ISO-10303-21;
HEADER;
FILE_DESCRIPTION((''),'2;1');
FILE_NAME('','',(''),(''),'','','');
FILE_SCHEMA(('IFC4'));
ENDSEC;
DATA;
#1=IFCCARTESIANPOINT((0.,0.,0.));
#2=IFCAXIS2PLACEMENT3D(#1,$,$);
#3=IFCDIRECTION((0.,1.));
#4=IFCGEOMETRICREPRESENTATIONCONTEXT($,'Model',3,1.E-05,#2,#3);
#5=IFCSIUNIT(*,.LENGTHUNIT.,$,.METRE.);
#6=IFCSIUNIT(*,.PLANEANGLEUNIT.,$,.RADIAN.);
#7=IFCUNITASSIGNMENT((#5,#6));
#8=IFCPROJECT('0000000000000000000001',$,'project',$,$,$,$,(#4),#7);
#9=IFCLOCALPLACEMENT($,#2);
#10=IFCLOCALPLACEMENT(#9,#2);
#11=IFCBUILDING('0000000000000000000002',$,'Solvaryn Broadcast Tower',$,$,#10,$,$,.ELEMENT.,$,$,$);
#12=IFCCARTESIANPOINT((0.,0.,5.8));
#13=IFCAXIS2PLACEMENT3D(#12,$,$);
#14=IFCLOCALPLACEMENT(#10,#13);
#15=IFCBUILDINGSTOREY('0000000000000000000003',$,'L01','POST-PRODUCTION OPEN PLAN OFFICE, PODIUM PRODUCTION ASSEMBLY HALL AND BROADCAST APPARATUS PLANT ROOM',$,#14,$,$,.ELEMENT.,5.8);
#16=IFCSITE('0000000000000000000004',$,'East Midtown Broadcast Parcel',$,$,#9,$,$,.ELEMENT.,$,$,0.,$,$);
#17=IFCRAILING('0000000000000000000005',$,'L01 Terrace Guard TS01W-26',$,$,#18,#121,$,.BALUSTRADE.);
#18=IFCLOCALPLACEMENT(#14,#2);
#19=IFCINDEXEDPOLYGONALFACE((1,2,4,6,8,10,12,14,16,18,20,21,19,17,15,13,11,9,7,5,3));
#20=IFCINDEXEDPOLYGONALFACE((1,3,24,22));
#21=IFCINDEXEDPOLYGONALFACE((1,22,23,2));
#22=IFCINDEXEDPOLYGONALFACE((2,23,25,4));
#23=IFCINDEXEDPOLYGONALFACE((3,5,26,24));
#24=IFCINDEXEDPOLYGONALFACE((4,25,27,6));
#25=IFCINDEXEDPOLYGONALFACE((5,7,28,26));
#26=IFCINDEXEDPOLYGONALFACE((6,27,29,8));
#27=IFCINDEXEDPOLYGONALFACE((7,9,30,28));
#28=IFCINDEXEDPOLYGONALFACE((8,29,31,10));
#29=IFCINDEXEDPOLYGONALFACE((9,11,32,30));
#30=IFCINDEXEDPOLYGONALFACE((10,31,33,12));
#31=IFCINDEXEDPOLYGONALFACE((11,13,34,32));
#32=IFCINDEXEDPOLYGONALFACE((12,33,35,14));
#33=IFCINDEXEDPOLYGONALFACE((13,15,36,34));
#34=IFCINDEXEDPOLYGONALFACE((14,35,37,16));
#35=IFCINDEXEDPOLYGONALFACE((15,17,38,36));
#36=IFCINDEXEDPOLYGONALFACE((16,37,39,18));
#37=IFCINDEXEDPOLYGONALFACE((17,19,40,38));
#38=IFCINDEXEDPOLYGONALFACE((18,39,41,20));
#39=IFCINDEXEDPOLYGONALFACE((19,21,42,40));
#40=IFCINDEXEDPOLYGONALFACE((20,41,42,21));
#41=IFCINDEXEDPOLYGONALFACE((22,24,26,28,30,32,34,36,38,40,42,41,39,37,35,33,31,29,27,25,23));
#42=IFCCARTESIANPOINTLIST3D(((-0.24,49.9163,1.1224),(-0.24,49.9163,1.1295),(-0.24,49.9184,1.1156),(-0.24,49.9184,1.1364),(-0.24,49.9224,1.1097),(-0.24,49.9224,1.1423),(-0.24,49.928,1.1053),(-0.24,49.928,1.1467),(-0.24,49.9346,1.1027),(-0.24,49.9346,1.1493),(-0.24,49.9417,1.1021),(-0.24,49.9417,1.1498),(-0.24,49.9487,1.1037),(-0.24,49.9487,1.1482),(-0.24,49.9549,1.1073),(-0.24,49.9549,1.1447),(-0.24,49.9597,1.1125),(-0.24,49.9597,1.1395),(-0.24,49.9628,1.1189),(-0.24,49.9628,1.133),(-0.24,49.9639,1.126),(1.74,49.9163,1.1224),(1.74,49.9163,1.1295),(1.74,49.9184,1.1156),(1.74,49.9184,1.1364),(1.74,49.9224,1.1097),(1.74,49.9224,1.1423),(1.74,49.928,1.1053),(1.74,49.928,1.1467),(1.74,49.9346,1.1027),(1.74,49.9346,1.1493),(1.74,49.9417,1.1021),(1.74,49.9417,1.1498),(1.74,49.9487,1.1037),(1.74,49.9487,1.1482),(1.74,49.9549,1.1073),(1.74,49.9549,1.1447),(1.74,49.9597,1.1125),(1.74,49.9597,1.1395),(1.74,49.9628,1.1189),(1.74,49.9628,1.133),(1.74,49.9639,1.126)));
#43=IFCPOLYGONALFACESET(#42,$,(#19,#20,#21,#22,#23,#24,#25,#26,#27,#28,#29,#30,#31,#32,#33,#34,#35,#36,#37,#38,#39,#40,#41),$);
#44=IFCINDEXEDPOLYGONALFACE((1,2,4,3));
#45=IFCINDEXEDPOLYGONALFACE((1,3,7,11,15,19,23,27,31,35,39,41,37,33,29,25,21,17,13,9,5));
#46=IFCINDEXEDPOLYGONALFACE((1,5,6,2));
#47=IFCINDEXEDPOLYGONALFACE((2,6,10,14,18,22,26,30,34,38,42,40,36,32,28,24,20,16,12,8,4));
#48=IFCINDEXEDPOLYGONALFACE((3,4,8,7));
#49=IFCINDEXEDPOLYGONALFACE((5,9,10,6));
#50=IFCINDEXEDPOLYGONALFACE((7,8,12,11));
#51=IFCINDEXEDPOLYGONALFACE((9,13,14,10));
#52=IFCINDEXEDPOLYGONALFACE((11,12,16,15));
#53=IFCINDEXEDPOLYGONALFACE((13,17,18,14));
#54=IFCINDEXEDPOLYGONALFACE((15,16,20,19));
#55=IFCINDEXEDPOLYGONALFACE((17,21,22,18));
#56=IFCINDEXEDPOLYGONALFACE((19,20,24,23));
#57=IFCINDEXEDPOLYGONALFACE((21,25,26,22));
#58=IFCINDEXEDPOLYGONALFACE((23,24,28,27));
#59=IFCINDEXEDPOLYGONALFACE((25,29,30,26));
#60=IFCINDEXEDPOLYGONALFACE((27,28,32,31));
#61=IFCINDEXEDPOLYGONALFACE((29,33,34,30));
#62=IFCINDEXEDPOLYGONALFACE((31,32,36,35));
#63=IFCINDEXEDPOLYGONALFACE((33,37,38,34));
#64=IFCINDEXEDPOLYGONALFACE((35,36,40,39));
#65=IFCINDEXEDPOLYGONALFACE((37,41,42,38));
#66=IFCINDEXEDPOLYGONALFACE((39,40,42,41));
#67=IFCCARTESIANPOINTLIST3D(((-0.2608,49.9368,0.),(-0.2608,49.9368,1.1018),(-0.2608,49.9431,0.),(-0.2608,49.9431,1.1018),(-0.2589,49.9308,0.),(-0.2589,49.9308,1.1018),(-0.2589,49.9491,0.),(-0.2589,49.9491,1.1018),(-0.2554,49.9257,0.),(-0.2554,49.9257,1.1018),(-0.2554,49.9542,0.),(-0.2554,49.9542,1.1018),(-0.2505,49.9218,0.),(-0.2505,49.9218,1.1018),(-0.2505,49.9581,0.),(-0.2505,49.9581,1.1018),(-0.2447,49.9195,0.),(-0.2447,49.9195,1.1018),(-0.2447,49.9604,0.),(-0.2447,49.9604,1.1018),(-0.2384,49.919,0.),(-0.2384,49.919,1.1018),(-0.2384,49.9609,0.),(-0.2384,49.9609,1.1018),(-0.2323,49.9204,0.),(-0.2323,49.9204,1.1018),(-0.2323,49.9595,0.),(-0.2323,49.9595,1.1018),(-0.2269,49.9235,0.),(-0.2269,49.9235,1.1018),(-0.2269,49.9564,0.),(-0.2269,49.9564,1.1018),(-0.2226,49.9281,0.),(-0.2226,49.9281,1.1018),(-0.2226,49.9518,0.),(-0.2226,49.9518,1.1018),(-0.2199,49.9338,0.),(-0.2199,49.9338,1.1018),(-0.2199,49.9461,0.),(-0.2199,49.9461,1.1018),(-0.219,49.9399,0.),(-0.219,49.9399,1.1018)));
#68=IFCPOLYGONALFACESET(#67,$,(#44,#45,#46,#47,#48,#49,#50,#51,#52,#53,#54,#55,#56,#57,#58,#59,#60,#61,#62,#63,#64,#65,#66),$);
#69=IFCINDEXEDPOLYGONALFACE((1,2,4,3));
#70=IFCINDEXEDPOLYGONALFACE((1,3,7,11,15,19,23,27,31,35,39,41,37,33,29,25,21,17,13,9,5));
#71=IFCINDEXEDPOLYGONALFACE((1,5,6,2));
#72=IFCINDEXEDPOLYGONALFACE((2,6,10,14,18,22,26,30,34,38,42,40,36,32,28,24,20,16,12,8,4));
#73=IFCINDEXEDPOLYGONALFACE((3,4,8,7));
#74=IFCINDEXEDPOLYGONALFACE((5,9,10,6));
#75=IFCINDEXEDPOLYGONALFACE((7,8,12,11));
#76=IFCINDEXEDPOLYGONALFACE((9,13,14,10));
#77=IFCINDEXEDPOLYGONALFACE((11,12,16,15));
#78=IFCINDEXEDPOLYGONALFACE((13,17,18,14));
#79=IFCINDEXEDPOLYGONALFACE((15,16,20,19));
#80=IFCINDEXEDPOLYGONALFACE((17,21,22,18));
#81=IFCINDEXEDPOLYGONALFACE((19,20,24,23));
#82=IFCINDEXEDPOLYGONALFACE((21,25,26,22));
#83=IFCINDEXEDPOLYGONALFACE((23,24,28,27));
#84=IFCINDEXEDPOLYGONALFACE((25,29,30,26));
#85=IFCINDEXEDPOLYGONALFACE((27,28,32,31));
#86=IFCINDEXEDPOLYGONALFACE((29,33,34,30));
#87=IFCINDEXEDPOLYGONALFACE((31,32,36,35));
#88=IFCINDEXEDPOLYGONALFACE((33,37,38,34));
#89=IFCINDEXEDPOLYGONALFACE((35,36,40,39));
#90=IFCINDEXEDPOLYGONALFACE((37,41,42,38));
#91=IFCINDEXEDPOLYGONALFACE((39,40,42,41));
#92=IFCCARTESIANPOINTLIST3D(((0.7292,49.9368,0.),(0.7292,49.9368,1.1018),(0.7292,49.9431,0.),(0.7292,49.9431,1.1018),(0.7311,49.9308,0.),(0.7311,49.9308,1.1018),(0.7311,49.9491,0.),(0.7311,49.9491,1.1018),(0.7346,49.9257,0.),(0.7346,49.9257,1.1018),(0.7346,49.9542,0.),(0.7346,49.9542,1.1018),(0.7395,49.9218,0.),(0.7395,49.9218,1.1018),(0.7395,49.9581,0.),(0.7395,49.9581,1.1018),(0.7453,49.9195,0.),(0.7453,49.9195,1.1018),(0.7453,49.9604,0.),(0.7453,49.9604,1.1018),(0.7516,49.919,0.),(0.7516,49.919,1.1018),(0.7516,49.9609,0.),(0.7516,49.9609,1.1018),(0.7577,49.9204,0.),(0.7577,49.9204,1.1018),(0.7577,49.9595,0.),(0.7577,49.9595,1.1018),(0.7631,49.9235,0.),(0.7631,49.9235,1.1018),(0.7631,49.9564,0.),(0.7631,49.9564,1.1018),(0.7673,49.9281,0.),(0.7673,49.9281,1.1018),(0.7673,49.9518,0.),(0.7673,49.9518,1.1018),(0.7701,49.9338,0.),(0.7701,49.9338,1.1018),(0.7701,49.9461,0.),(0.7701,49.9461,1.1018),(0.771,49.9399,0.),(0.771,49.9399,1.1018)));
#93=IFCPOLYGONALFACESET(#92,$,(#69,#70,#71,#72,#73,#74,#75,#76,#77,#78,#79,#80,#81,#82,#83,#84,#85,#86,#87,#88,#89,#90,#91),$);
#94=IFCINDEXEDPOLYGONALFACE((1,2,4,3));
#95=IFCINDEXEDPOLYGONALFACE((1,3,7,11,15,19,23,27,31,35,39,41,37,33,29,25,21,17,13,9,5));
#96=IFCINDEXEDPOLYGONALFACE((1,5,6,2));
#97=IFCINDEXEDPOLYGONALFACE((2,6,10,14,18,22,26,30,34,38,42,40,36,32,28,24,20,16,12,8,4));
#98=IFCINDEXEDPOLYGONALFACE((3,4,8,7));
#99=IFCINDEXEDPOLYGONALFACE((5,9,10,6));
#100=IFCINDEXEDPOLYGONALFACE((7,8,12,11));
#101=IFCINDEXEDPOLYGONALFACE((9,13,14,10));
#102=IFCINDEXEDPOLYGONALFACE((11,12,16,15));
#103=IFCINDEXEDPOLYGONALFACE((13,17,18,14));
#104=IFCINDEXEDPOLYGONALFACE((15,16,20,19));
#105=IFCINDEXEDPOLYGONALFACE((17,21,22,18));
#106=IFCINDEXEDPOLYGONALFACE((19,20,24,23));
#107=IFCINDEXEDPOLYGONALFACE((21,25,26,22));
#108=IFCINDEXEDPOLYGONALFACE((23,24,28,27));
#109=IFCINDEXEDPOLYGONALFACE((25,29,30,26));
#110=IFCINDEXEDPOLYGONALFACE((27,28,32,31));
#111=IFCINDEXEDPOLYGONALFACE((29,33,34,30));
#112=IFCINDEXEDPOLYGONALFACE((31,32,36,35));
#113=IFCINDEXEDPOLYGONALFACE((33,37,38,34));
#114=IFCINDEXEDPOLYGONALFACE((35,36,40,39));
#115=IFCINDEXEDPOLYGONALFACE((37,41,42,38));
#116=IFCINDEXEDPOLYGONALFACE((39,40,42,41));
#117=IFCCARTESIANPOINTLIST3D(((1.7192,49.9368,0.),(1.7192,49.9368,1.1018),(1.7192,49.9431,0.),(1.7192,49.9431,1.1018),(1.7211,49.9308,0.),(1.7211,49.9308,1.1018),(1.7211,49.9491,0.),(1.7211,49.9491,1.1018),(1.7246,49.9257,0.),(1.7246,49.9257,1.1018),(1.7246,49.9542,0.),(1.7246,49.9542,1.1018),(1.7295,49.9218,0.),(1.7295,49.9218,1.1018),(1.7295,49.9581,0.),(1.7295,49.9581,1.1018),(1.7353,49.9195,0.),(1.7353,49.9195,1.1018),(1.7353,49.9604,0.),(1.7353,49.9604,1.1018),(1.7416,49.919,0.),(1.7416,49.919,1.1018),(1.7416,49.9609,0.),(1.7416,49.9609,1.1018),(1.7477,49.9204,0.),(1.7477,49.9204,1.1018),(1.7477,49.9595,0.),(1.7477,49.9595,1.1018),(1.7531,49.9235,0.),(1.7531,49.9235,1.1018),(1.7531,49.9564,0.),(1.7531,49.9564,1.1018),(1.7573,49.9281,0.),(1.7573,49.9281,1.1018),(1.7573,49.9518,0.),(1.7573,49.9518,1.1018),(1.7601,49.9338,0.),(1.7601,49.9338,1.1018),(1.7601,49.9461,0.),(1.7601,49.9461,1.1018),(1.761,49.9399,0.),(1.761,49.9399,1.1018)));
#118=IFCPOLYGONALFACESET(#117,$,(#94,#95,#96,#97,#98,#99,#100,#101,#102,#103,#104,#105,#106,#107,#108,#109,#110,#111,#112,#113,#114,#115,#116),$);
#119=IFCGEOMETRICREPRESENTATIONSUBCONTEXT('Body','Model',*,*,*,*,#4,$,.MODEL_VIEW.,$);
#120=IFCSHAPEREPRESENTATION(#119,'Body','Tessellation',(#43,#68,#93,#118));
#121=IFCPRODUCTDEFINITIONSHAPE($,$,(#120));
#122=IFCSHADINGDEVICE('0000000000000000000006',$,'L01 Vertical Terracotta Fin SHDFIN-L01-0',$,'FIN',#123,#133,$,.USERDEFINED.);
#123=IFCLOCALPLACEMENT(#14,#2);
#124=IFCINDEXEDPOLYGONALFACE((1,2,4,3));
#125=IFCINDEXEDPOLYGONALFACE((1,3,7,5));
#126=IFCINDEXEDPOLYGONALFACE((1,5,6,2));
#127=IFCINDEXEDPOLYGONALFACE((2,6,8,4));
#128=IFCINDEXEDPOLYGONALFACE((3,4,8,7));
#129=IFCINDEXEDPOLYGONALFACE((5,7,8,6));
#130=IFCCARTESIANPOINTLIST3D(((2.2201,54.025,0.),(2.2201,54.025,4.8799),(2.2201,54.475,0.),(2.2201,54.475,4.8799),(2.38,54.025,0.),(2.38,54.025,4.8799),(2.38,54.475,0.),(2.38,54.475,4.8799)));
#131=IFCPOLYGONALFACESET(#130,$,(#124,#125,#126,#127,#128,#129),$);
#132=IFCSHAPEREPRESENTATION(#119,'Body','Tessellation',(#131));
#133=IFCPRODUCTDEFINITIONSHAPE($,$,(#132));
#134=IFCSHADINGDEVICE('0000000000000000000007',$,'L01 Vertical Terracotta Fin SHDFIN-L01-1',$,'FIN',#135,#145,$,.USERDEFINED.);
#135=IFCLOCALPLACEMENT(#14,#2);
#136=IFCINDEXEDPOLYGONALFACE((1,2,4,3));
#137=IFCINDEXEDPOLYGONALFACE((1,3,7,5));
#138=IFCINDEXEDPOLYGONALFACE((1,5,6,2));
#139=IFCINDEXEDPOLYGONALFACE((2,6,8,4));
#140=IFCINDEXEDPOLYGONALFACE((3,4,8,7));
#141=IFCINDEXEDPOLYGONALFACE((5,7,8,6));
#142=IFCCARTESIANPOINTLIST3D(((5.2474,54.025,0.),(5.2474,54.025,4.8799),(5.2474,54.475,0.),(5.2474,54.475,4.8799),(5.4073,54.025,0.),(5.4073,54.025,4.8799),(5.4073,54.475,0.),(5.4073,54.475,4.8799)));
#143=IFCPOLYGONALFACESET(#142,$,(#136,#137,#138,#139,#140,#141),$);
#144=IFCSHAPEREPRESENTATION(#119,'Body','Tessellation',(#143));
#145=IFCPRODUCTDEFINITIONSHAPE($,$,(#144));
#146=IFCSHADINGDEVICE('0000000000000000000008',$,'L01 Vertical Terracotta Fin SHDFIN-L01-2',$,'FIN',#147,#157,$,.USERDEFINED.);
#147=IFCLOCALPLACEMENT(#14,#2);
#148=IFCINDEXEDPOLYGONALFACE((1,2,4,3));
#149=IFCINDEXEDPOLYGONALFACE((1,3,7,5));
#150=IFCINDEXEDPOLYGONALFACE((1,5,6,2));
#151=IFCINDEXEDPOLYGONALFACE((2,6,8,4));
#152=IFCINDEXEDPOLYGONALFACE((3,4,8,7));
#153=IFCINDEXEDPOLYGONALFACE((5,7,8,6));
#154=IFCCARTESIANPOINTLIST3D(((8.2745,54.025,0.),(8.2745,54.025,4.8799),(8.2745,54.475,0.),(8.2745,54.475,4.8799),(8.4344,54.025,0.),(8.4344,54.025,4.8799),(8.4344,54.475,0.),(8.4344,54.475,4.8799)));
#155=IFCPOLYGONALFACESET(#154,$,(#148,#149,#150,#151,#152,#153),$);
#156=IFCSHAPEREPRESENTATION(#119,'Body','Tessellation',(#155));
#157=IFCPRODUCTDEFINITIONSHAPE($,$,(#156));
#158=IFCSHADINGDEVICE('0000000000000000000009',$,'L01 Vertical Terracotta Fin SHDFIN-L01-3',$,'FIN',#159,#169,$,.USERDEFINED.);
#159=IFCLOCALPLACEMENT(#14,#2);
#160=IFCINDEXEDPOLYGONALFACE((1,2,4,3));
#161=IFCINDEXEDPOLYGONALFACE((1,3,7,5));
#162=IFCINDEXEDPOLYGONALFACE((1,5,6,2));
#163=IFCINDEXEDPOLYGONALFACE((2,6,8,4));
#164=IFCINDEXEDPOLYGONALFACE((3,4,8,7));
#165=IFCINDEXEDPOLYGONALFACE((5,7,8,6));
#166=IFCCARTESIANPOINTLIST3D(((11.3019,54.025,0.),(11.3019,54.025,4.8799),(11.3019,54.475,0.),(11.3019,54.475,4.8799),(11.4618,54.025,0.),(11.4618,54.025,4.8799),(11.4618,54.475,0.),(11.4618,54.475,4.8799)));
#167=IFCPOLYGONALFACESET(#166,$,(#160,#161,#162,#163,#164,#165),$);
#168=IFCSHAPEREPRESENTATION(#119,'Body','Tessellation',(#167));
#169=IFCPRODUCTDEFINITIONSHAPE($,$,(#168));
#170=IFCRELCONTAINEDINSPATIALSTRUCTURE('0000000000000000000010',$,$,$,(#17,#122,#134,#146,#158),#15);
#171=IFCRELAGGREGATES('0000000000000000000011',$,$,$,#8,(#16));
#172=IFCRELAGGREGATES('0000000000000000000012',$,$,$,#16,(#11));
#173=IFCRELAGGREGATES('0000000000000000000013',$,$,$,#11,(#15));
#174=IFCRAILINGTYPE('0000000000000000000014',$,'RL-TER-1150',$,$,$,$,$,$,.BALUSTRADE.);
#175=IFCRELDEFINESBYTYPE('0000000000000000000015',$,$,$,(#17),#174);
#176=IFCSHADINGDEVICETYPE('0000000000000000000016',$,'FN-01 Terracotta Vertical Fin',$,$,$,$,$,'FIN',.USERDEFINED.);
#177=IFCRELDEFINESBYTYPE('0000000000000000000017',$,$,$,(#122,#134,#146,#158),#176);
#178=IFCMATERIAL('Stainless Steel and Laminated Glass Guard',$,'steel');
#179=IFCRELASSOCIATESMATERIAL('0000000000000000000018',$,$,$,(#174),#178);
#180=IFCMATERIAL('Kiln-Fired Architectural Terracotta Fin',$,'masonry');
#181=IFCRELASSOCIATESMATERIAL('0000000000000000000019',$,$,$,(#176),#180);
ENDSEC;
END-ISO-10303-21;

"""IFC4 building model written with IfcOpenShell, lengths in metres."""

from ifc_helpers import new_model, si_unit, direction, frame, origin, origin_2d, place, context, subcontext, project, spatial, rectangle, circle, extrude, material, type_object, element, save


model = new_model("IFC4")

# Units and contexts
model_context = context("Model", 3, precision=1e-05, world=origin(), true_north=direction((0.0, 1.0)))
body_context = subcontext(model_context, "Body", "Model", "MODEL_VIEW")
ifc_project = project(units=[si_unit("LENGTHUNIT", "METRE"), si_unit("PLANEANGLEUNIT", "RADIAN")], contexts=[model_context])

# Site, building, storey
site_placement = place(None, origin())
site = spatial("IfcSite", under=ifc_project, at=site_placement, Name="East Midtown Broadcast Parcel", CompositionType="ELEMENT", RefElevation=0.0)
building_placement = place(site_placement, origin())
building = spatial("IfcBuilding", under=site, at=building_placement, Name="Solvaryn Broadcast Tower", CompositionType="ELEMENT")
storey_placement = place(building_placement, frame((0.0, 0.0, 5.8)))
storey = spatial("IfcBuildingStorey", under=building, at=storey_placement, Name="L01", Description="POST-PRODUCTION OPEN PLAN OFFICE, PODIUM PRODUCTION ASSEMBLY HALL AND BROADCAST APPARATUS PLANT ROOM", CompositionType="ELEMENT", Elevation=5.8)

# Railing
ifc_material_1 = material(Name="Stainless Steel and Laminated Glass Guard", Category="steel")
railing_type = type_object("IfcRailingType", Name="RL-TER-1150", PredefinedType="BALUSTRADE", material=ifc_material_1)
railing_1_placement = place(storey_placement, frame((-0.24, 49.9399, 0.0)))
element("IfcRailing", 1, at=railing_1_placement, inside=storey, type_object=railing_type, Name="L01 Terrace Guard TS01W-26", PredefinedType="BALUSTRADE", context=body_context, shape_type="SweptSolid", body=[
    extrude(circle(Radius=0.0239, at=origin_2d()), frame((0.0, 0.0, 1.126), z_axis=(1.0, 0.0, 0.0), x_axis=(0.0, 1.0, 0.0)), (0.0, 0.0, 1.0), 1.98),
    extrude(circle(Radius=0.021, at=origin_2d()), origin(), (0.0, 0.0, 1.0), 1.1018),
    extrude(circle(Radius=0.021, at=origin_2d()), frame((0.99, 0.0, 0.0)), (0.0, 0.0, 1.0), 1.1018),
    extrude(circle(Radius=0.021, at=origin_2d()), frame((1.98, 0.0, 0.0)), (0.0, 0.0, 1.0), 1.1018),
])

# Shading devices
ifc_material_2 = material(Name="Kiln-Fired Architectural Terracotta Fin", Category="masonry")
shading_device_type = type_object("IfcShadingDeviceType", Name="FN-01 Terracotta Vertical Fin", ElementType="FIN", PredefinedType="USERDEFINED", material=ifc_material_2)
for number, where, z_axis, x_axis, name in (
    (2, (2.3, 54.25, 0.0), (0.0, 0.0, 1.0), (1.0, 0.0, 0.0), "L01 Vertical Terracotta Fin SHDFIN-L01-0"),
    (3, (5.3274, 54.25, 0.0), (0.0, 0.0, 1.0), (1.0, 0.0, 0.0), "L01 Vertical Terracotta Fin SHDFIN-L01-1"),
    (4, (8.3545, 54.25, 0.0), (0.0, 0.0, 1.0), (1.0, 0.0, 0.0), "L01 Vertical Terracotta Fin SHDFIN-L01-2"),
    (5, (11.3818, 54.25, 0.0), (0.0, 0.0, 1.0), (1.0, 0.0, 0.0), "L01 Vertical Terracotta Fin SHDFIN-L01-3"),
):
    element("IfcShadingDevice", number, at=place(storey_placement, frame(where, z_axis=z_axis, x_axis=x_axis)), inside=storey, type_object=shading_device_type, Name=name, ObjectType="FIN", PredefinedType="USERDEFINED", context=body_context, shape_type="SweptSolid", body=[
        extrude(rectangle(XDim=0.1599, YDim=0.45, at=origin_2d()), origin(), (0.0, 0.0, 1.0), 4.8799),
    ])

save(model, "model.ifc")
